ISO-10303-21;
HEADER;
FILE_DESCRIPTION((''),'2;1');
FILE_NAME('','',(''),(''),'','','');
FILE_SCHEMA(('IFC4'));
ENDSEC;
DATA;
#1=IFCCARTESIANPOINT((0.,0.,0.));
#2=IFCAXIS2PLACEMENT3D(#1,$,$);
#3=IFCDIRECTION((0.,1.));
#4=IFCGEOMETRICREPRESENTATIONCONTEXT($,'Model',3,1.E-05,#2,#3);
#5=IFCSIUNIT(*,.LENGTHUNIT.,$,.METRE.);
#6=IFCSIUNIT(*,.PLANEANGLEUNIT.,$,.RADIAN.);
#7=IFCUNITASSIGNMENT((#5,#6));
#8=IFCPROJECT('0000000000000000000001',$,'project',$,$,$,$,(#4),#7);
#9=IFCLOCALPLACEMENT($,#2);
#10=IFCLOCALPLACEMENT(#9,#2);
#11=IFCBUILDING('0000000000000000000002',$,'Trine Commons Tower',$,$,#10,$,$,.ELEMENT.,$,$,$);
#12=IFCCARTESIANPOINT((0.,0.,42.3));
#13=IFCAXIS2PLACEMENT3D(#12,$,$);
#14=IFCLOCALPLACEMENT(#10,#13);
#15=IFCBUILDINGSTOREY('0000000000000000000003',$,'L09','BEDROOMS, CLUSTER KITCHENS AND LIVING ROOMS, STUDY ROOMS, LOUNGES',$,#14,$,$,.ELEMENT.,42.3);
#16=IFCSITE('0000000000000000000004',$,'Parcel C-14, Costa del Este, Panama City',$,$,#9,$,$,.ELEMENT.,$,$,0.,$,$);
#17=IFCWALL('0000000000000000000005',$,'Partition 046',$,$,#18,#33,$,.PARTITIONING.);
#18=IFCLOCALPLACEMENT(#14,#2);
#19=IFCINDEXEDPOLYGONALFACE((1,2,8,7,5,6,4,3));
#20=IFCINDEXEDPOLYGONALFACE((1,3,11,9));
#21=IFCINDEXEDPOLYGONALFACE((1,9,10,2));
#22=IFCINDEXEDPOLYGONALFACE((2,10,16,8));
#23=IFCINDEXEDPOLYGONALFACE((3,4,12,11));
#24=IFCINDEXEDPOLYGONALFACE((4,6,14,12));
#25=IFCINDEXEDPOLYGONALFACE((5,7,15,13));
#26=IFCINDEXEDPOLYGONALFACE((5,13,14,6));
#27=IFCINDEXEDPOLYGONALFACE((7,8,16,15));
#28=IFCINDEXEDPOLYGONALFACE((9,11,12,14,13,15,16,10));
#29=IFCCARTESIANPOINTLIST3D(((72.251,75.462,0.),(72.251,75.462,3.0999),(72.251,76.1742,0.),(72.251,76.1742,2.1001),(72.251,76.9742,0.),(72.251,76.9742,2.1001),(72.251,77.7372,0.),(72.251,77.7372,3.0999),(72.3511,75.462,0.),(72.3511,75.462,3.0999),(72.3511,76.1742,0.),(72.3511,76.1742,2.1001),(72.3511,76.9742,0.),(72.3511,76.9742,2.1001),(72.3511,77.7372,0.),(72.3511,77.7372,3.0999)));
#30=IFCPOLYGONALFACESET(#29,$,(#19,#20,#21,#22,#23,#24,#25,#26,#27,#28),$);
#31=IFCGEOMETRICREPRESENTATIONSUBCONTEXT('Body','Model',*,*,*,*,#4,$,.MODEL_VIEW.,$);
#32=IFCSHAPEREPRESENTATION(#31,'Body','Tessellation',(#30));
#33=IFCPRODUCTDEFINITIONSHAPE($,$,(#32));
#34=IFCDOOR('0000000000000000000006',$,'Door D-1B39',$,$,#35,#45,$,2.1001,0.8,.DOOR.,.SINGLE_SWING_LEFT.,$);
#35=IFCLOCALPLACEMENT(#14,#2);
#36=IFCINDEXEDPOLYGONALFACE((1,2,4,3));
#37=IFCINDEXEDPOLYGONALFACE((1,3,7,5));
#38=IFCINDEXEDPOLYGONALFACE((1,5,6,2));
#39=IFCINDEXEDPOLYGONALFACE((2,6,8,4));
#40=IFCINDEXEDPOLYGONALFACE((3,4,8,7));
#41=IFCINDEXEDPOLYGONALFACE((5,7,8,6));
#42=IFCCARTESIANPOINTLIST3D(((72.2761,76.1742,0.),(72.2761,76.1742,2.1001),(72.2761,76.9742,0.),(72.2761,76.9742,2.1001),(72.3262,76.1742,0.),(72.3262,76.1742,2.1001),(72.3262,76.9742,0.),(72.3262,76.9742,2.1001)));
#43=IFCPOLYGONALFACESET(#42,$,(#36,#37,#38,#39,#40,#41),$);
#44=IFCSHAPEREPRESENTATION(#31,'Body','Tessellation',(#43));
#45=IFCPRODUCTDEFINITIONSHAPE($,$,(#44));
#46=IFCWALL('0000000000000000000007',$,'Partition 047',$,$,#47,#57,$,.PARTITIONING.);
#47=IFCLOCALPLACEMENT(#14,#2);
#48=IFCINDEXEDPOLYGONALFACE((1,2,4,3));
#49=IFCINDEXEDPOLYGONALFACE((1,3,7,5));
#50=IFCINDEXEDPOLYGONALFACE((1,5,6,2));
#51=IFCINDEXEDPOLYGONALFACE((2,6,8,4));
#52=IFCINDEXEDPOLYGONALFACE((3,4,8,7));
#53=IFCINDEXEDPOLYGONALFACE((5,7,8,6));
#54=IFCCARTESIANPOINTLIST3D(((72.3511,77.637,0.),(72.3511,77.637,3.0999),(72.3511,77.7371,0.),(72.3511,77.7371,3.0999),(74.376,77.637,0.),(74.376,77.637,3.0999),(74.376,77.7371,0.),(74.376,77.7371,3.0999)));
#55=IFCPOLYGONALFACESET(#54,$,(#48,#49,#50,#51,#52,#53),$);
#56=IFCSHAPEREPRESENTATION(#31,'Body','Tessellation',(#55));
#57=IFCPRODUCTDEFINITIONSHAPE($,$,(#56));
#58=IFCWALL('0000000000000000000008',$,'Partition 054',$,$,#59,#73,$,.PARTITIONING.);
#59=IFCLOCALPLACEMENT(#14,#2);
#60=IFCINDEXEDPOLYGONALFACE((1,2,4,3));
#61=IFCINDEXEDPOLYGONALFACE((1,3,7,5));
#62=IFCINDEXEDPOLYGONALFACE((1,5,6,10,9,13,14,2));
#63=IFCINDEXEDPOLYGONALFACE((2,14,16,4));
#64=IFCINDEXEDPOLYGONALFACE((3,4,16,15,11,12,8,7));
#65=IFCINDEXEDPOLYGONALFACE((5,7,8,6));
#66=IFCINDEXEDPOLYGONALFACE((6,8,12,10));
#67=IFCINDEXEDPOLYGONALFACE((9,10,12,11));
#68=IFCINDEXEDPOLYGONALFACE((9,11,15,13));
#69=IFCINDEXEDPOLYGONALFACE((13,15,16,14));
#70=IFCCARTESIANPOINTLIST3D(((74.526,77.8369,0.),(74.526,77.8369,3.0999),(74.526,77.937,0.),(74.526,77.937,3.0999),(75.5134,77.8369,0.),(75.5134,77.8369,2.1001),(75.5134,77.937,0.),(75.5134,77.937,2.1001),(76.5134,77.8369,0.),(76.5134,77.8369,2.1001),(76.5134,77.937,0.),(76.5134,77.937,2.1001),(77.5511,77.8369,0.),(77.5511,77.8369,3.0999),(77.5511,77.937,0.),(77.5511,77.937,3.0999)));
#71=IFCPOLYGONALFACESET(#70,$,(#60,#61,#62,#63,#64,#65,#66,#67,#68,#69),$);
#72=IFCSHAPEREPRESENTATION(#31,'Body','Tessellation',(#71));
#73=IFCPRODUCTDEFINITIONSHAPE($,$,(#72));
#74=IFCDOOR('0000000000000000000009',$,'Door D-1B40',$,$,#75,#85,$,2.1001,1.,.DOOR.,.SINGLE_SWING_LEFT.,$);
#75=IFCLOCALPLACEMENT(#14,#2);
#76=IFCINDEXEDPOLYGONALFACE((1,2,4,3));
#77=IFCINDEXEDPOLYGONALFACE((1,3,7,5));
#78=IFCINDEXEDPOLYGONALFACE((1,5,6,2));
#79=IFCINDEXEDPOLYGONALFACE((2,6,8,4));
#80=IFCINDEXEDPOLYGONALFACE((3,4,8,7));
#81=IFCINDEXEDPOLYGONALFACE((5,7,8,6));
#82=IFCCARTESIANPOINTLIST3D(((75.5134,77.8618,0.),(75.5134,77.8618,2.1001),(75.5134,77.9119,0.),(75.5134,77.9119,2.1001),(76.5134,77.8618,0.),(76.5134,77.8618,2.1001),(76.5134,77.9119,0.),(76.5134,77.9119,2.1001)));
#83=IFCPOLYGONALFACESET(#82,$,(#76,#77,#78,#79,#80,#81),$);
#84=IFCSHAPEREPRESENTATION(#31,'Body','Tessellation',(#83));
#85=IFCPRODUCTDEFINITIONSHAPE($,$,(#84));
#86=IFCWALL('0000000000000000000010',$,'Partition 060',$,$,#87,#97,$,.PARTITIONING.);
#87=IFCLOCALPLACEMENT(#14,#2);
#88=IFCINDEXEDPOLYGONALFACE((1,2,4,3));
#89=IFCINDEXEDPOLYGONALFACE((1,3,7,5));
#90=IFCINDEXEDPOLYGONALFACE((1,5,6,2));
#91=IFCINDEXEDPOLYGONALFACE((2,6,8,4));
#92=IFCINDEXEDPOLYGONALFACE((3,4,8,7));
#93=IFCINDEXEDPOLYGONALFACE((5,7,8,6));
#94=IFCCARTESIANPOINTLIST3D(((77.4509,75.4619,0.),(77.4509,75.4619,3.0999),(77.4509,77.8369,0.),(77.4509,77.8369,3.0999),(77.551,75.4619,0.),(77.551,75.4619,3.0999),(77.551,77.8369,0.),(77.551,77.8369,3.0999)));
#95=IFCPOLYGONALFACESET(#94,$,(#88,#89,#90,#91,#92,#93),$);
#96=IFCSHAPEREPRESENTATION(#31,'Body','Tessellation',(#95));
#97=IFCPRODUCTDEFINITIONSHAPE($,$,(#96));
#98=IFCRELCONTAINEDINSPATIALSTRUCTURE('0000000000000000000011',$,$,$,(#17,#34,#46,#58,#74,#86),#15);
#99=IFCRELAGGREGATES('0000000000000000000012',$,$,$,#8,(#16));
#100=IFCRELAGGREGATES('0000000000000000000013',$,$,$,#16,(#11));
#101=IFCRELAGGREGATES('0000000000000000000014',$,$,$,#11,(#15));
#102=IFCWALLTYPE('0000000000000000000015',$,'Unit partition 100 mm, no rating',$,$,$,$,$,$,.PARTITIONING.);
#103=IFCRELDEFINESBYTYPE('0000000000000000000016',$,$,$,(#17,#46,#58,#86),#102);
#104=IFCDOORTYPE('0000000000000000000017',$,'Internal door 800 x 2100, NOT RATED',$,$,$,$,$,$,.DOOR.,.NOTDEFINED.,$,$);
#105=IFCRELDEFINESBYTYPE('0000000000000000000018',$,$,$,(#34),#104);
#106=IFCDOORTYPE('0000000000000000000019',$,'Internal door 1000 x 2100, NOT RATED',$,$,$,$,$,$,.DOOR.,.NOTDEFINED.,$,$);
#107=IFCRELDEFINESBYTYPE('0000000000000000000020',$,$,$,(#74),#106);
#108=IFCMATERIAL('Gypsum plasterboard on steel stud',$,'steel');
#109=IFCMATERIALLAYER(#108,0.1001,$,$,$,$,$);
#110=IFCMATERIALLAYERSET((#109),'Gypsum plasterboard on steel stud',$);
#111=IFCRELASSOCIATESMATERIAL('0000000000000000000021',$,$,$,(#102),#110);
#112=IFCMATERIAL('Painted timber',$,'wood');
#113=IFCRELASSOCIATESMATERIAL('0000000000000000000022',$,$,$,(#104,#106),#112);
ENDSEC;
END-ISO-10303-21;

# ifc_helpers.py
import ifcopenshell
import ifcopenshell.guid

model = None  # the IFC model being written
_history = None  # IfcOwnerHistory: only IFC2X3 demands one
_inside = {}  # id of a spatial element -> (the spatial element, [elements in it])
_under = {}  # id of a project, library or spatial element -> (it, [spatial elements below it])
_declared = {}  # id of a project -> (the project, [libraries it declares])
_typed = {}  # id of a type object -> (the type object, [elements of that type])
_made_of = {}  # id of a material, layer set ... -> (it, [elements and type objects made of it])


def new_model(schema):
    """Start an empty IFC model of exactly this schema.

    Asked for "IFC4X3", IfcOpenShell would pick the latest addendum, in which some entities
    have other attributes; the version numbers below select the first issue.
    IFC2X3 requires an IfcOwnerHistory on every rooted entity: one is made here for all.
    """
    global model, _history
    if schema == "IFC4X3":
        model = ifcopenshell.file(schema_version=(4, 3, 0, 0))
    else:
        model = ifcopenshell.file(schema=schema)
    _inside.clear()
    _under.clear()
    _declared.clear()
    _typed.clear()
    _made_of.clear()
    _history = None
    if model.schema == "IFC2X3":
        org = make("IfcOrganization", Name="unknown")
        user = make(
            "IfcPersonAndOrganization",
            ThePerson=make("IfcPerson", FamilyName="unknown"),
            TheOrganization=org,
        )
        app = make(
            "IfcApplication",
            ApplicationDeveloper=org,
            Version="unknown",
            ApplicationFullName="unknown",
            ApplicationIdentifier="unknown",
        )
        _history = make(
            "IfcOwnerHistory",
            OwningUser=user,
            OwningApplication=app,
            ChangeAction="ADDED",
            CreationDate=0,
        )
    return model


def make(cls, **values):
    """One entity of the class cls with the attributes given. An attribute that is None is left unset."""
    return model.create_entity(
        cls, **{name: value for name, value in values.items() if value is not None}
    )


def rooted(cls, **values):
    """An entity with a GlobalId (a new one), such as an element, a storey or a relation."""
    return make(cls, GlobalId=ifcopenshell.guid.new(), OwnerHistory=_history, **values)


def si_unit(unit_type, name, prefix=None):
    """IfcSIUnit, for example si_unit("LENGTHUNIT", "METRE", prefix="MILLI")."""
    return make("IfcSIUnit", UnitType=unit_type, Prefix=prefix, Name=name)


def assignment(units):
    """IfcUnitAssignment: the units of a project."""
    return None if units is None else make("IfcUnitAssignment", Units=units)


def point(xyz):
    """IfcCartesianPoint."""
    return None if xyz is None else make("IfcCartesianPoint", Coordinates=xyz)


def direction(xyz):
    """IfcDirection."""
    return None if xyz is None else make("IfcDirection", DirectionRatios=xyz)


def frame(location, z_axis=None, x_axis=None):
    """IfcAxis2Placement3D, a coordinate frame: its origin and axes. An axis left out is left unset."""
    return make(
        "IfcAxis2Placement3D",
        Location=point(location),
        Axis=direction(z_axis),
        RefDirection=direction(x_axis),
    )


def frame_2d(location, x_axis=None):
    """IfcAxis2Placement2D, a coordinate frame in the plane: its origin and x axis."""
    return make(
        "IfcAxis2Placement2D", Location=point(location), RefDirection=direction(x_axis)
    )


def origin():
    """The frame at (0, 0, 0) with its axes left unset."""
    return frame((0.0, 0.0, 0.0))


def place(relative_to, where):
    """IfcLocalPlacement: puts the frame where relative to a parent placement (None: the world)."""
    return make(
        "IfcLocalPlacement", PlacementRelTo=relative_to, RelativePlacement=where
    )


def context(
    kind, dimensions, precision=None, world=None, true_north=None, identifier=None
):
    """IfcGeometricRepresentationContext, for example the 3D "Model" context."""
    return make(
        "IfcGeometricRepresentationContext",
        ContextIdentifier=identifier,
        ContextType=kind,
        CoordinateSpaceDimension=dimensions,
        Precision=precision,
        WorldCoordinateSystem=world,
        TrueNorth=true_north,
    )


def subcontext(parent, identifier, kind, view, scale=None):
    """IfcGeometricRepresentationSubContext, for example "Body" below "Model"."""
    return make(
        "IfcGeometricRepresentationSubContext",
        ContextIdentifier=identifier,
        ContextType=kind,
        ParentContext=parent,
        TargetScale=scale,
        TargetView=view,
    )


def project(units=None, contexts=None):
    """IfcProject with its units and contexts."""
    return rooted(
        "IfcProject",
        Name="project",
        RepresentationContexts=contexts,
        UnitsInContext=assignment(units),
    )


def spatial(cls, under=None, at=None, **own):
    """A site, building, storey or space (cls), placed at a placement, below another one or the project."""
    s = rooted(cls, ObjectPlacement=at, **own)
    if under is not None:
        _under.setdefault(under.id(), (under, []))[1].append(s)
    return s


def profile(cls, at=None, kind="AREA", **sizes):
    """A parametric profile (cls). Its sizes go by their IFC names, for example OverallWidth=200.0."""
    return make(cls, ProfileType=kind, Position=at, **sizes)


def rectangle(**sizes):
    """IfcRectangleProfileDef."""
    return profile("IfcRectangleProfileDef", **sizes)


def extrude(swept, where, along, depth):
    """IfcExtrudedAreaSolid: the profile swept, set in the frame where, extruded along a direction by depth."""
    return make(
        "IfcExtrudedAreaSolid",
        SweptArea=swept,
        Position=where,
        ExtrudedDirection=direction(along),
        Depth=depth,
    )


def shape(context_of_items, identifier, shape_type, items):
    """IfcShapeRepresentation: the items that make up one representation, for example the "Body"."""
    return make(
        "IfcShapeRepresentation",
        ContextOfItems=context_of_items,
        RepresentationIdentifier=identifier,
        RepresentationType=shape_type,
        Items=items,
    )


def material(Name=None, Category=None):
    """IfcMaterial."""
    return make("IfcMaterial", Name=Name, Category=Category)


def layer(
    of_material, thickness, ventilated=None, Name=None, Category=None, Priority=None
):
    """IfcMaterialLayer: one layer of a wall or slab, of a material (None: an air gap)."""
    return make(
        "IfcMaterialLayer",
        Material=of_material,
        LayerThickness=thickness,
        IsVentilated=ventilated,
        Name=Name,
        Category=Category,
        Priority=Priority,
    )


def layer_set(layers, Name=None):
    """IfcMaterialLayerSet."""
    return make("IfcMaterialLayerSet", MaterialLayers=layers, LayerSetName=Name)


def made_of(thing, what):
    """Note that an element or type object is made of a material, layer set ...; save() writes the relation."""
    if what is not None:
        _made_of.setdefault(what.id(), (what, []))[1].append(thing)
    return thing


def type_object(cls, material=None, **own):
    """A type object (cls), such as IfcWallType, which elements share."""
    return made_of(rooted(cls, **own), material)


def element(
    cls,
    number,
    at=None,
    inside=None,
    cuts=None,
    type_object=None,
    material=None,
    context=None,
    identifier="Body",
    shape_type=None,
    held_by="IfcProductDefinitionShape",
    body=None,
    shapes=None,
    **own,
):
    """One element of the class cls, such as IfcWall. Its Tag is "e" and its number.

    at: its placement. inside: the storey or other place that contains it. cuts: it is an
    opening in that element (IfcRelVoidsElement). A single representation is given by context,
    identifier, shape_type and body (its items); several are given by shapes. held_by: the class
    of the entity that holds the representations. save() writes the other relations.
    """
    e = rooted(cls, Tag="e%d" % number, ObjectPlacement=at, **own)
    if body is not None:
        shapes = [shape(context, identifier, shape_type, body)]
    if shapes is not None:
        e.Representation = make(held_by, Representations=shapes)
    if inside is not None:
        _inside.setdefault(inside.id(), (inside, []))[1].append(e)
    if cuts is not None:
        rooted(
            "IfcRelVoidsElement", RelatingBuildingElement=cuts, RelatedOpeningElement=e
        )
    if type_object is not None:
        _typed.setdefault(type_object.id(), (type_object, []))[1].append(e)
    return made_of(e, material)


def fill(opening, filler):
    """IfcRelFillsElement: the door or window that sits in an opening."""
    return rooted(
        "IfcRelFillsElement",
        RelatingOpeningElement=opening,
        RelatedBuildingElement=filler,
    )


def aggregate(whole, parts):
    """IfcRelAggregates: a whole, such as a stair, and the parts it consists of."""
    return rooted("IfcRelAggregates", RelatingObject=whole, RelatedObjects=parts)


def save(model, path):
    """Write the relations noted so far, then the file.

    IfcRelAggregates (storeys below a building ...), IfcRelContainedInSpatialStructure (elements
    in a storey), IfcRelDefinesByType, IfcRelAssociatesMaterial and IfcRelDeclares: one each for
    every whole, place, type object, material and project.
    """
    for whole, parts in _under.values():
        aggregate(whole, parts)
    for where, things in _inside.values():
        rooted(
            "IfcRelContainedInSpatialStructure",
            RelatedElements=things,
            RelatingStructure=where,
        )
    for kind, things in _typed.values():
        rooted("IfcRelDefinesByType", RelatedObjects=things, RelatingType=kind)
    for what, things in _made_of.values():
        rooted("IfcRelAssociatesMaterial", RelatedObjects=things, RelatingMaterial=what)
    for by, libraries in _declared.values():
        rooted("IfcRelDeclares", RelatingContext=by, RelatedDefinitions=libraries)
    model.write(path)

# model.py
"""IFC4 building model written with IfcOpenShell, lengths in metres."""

from ifc_helpers import new_model, si_unit, direction, frame, frame_2d, origin, place, context, subcontext, project, spatial, rectangle, extrude, material, layer, layer_set, type_object, element, fill, save


model = new_model("IFC4")

# Units and contexts
model_context = context("Model", 3, precision=1e-05, world=origin(), true_north=direction((0.0, 1.0)))
body_context = subcontext(model_context, "Body", "Model", "MODEL_VIEW")
ifc_project = project(units=[si_unit("LENGTHUNIT", "METRE"), si_unit("PLANEANGLEUNIT", "RADIAN")], contexts=[model_context])

# Site, building, storey
site_placement = place(None, origin())
site = spatial("IfcSite", under=ifc_project, at=site_placement, Name="Parcel C-14, Costa del Este, Panama City", CompositionType="ELEMENT", RefElevation=0.0)
building_placement = place(site_placement, origin())
building = spatial("IfcBuilding", under=site, at=building_placement, Name="Trine Commons Tower", CompositionType="ELEMENT")
storey_placement = place(building_placement, frame((0.0, 0.0, 42.3)))
storey = spatial("IfcBuildingStorey", under=building, at=storey_placement, Name="L09", Description="BEDROOMS, CLUSTER KITCHENS AND LIVING ROOMS, STUDY ROOMS, LOUNGES", CompositionType="ELEMENT", Elevation=42.3)

# Shared definitions
ifc_material_1 = material(Name="Gypsum plasterboard on steel stud", Category="steel")

# Shared definitions
ifc_material_2 = material(Name="Painted timber", Category="wood")

# Shared definitions
ifc_layer_1 = layer(ifc_material_1, 0.1001)
ifc_layer_set_1 = layer_set([ifc_layer_1], Name="Gypsum plasterboard on steel stud")
wall_type_1 = type_object("IfcWallType", Name="Unit partition 100 mm, no rating", PredefinedType="PARTITIONING", material=ifc_layer_set_1)
door_type_1 = type_object("IfcDoorType", Name="Internal door 800 x 2100, NOT RATED", OperationType="NOTDEFINED", PredefinedType="DOOR", material=ifc_material_2)

# Wall, opening, door
wall_1_placement = place(storey_placement, frame((72.301, 75.4619, 0.0), z_axis=(0.0, 0.0, 1.0), x_axis=(0.0, 1.0, 0.0)))
wall_1 = element("IfcWall", 1, at=wall_1_placement, inside=storey, type_object=wall_type_1, Name="Partition 046", PredefinedType="PARTITIONING", context=body_context, shape_type="SweptSolid", body=[
    extrude(rectangle(XDim=2.2751, YDim=0.1001, at=frame_2d((1.1377, 0.0))), origin(), (0.0, 0.0, 1.0), 3.0999),
])
opening_1_placement = place(wall_1_placement, frame((0.7124, 0.0, 0.0)))
opening_1 = element("IfcOpeningElement", 2, at=opening_1_placement, cuts=wall_1, PredefinedType="OPENING", context=body_context, shape_type="SweptSolid", body=[
    extrude(rectangle(XDim=0.8, YDim=2.1001, at=frame_2d((0.3999, 1.05))), frame((0.0, 0.0601, 0.0), z_axis=(0.0, -1.0, 0.0), x_axis=(1.0, 0.0, 0.0)), (0.0, 0.0, 1.0), 0.1201),
])
door_1_placement = place(opening_1_placement, origin())
door_1 = element("IfcDoor", 3, at=door_1_placement, inside=storey, type_object=door_type_1, Name="Door D-1B39", OperationType="SINGLE_SWING_LEFT", OverallHeight=2.1001, OverallWidth=0.8, PredefinedType="DOOR", context=body_context, shape_type="SweptSolid", body=[
    extrude(rectangle(XDim=0.8, YDim=2.1001, at=frame_2d((0.3999, 1.05))), frame((0.0, 0.0249, 0.0), z_axis=(0.0, -1.0, 0.0), x_axis=(1.0, 0.0, 0.0)), (0.0, 0.0, 1.0), 0.05),
])
fill(opening_1, door_1)

# Wall
wall_2_placement = place(storey_placement, frame((72.3511, 77.687, 0.0), z_axis=(0.0, 0.0, 1.0), x_axis=(1.0, 0.0, 0.0)))
element("IfcWall", 4, at=wall_2_placement, inside=storey, type_object=wall_type_1, Name="Partition 047", PredefinedType="PARTITIONING", context=body_context, shape_type="SweptSolid", body=[
    extrude(rectangle(XDim=2.0249, YDim=0.1001, at=frame_2d((1.0125, 0.0))), origin(), (0.0, 0.0, 1.0), 3.0999),
])

# Wall, opening, door
wall_3_placement = place(storey_placement, frame((74.5259, 77.887, 0.0), z_axis=(0.0, 0.0, 1.0), x_axis=(1.0, 0.0, 0.0)))
wall_3 = element("IfcWall", 5, at=wall_3_placement, inside=storey, type_object=wall_type_1, Name="Partition 054", PredefinedType="PARTITIONING", context=body_context, shape_type="SweptSolid", body=[
    extrude(rectangle(XDim=3.0251, YDim=0.1001, at=frame_2d((1.5127, 0.0))), origin(), (0.0, 0.0, 1.0), 3.0999),
])
opening_2_placement = place(wall_3_placement, frame((0.9875, 0.0, 0.0)))
opening_2 = element("IfcOpeningElement", 6, at=opening_2_placement, cuts=wall_3, PredefinedType="OPENING", context=body_context, shape_type="SweptSolid", body=[
    extrude(rectangle(XDim=1.0, YDim=2.1001, at=frame_2d((0.5, 1.05))), frame((0.0, 0.0601, 0.0), z_axis=(0.0, -1.0, 0.0), x_axis=(1.0, 0.0, 0.0)), (0.0, 0.0, 1.0), 0.1201),
])
door_type_2 = type_object("IfcDoorType", Name="Internal door 1000 x 2100, NOT RATED", OperationType="NOTDEFINED", PredefinedType="DOOR", material=ifc_material_2)
door_2_placement = place(opening_2_placement, origin())
door_2 = element("IfcDoor", 7, at=door_2_placement, inside=storey, type_object=door_type_2, Name="Door D-1B40", OperationType="SINGLE_SWING_LEFT", OverallHeight=2.1001, OverallWidth=1.0, PredefinedType="DOOR", context=body_context, shape_type="SweptSolid", body=[
    extrude(rectangle(XDim=1.0, YDim=2.1001, at=frame_2d((0.5, 1.05))), frame((0.0, 0.0249, 0.0), z_axis=(0.0, -1.0, 0.0), x_axis=(1.0, 0.0, 0.0)), (0.0, 0.0, 1.0), 0.05),
])
fill(opening_2, door_2)

# Wall
wall_4_placement = place(storey_placement, frame((77.501, 75.4619, 0.0), z_axis=(0.0, 0.0, 1.0), x_axis=(0.0, 1.0, 0.0)))
element("IfcWall", 8, at=wall_4_placement, inside=storey, type_object=wall_type_1, Name="Partition 060", PredefinedType="PARTITIONING", context=body_context, shape_type="SweptSolid", body=[
    extrude(rectangle(XDim=2.375, YDim=0.1001, at=frame_2d((1.1875, 0.0))), origin(), (0.0, 0.0, 1.0), 3.0999),
])

save(model, "model.ifc")
